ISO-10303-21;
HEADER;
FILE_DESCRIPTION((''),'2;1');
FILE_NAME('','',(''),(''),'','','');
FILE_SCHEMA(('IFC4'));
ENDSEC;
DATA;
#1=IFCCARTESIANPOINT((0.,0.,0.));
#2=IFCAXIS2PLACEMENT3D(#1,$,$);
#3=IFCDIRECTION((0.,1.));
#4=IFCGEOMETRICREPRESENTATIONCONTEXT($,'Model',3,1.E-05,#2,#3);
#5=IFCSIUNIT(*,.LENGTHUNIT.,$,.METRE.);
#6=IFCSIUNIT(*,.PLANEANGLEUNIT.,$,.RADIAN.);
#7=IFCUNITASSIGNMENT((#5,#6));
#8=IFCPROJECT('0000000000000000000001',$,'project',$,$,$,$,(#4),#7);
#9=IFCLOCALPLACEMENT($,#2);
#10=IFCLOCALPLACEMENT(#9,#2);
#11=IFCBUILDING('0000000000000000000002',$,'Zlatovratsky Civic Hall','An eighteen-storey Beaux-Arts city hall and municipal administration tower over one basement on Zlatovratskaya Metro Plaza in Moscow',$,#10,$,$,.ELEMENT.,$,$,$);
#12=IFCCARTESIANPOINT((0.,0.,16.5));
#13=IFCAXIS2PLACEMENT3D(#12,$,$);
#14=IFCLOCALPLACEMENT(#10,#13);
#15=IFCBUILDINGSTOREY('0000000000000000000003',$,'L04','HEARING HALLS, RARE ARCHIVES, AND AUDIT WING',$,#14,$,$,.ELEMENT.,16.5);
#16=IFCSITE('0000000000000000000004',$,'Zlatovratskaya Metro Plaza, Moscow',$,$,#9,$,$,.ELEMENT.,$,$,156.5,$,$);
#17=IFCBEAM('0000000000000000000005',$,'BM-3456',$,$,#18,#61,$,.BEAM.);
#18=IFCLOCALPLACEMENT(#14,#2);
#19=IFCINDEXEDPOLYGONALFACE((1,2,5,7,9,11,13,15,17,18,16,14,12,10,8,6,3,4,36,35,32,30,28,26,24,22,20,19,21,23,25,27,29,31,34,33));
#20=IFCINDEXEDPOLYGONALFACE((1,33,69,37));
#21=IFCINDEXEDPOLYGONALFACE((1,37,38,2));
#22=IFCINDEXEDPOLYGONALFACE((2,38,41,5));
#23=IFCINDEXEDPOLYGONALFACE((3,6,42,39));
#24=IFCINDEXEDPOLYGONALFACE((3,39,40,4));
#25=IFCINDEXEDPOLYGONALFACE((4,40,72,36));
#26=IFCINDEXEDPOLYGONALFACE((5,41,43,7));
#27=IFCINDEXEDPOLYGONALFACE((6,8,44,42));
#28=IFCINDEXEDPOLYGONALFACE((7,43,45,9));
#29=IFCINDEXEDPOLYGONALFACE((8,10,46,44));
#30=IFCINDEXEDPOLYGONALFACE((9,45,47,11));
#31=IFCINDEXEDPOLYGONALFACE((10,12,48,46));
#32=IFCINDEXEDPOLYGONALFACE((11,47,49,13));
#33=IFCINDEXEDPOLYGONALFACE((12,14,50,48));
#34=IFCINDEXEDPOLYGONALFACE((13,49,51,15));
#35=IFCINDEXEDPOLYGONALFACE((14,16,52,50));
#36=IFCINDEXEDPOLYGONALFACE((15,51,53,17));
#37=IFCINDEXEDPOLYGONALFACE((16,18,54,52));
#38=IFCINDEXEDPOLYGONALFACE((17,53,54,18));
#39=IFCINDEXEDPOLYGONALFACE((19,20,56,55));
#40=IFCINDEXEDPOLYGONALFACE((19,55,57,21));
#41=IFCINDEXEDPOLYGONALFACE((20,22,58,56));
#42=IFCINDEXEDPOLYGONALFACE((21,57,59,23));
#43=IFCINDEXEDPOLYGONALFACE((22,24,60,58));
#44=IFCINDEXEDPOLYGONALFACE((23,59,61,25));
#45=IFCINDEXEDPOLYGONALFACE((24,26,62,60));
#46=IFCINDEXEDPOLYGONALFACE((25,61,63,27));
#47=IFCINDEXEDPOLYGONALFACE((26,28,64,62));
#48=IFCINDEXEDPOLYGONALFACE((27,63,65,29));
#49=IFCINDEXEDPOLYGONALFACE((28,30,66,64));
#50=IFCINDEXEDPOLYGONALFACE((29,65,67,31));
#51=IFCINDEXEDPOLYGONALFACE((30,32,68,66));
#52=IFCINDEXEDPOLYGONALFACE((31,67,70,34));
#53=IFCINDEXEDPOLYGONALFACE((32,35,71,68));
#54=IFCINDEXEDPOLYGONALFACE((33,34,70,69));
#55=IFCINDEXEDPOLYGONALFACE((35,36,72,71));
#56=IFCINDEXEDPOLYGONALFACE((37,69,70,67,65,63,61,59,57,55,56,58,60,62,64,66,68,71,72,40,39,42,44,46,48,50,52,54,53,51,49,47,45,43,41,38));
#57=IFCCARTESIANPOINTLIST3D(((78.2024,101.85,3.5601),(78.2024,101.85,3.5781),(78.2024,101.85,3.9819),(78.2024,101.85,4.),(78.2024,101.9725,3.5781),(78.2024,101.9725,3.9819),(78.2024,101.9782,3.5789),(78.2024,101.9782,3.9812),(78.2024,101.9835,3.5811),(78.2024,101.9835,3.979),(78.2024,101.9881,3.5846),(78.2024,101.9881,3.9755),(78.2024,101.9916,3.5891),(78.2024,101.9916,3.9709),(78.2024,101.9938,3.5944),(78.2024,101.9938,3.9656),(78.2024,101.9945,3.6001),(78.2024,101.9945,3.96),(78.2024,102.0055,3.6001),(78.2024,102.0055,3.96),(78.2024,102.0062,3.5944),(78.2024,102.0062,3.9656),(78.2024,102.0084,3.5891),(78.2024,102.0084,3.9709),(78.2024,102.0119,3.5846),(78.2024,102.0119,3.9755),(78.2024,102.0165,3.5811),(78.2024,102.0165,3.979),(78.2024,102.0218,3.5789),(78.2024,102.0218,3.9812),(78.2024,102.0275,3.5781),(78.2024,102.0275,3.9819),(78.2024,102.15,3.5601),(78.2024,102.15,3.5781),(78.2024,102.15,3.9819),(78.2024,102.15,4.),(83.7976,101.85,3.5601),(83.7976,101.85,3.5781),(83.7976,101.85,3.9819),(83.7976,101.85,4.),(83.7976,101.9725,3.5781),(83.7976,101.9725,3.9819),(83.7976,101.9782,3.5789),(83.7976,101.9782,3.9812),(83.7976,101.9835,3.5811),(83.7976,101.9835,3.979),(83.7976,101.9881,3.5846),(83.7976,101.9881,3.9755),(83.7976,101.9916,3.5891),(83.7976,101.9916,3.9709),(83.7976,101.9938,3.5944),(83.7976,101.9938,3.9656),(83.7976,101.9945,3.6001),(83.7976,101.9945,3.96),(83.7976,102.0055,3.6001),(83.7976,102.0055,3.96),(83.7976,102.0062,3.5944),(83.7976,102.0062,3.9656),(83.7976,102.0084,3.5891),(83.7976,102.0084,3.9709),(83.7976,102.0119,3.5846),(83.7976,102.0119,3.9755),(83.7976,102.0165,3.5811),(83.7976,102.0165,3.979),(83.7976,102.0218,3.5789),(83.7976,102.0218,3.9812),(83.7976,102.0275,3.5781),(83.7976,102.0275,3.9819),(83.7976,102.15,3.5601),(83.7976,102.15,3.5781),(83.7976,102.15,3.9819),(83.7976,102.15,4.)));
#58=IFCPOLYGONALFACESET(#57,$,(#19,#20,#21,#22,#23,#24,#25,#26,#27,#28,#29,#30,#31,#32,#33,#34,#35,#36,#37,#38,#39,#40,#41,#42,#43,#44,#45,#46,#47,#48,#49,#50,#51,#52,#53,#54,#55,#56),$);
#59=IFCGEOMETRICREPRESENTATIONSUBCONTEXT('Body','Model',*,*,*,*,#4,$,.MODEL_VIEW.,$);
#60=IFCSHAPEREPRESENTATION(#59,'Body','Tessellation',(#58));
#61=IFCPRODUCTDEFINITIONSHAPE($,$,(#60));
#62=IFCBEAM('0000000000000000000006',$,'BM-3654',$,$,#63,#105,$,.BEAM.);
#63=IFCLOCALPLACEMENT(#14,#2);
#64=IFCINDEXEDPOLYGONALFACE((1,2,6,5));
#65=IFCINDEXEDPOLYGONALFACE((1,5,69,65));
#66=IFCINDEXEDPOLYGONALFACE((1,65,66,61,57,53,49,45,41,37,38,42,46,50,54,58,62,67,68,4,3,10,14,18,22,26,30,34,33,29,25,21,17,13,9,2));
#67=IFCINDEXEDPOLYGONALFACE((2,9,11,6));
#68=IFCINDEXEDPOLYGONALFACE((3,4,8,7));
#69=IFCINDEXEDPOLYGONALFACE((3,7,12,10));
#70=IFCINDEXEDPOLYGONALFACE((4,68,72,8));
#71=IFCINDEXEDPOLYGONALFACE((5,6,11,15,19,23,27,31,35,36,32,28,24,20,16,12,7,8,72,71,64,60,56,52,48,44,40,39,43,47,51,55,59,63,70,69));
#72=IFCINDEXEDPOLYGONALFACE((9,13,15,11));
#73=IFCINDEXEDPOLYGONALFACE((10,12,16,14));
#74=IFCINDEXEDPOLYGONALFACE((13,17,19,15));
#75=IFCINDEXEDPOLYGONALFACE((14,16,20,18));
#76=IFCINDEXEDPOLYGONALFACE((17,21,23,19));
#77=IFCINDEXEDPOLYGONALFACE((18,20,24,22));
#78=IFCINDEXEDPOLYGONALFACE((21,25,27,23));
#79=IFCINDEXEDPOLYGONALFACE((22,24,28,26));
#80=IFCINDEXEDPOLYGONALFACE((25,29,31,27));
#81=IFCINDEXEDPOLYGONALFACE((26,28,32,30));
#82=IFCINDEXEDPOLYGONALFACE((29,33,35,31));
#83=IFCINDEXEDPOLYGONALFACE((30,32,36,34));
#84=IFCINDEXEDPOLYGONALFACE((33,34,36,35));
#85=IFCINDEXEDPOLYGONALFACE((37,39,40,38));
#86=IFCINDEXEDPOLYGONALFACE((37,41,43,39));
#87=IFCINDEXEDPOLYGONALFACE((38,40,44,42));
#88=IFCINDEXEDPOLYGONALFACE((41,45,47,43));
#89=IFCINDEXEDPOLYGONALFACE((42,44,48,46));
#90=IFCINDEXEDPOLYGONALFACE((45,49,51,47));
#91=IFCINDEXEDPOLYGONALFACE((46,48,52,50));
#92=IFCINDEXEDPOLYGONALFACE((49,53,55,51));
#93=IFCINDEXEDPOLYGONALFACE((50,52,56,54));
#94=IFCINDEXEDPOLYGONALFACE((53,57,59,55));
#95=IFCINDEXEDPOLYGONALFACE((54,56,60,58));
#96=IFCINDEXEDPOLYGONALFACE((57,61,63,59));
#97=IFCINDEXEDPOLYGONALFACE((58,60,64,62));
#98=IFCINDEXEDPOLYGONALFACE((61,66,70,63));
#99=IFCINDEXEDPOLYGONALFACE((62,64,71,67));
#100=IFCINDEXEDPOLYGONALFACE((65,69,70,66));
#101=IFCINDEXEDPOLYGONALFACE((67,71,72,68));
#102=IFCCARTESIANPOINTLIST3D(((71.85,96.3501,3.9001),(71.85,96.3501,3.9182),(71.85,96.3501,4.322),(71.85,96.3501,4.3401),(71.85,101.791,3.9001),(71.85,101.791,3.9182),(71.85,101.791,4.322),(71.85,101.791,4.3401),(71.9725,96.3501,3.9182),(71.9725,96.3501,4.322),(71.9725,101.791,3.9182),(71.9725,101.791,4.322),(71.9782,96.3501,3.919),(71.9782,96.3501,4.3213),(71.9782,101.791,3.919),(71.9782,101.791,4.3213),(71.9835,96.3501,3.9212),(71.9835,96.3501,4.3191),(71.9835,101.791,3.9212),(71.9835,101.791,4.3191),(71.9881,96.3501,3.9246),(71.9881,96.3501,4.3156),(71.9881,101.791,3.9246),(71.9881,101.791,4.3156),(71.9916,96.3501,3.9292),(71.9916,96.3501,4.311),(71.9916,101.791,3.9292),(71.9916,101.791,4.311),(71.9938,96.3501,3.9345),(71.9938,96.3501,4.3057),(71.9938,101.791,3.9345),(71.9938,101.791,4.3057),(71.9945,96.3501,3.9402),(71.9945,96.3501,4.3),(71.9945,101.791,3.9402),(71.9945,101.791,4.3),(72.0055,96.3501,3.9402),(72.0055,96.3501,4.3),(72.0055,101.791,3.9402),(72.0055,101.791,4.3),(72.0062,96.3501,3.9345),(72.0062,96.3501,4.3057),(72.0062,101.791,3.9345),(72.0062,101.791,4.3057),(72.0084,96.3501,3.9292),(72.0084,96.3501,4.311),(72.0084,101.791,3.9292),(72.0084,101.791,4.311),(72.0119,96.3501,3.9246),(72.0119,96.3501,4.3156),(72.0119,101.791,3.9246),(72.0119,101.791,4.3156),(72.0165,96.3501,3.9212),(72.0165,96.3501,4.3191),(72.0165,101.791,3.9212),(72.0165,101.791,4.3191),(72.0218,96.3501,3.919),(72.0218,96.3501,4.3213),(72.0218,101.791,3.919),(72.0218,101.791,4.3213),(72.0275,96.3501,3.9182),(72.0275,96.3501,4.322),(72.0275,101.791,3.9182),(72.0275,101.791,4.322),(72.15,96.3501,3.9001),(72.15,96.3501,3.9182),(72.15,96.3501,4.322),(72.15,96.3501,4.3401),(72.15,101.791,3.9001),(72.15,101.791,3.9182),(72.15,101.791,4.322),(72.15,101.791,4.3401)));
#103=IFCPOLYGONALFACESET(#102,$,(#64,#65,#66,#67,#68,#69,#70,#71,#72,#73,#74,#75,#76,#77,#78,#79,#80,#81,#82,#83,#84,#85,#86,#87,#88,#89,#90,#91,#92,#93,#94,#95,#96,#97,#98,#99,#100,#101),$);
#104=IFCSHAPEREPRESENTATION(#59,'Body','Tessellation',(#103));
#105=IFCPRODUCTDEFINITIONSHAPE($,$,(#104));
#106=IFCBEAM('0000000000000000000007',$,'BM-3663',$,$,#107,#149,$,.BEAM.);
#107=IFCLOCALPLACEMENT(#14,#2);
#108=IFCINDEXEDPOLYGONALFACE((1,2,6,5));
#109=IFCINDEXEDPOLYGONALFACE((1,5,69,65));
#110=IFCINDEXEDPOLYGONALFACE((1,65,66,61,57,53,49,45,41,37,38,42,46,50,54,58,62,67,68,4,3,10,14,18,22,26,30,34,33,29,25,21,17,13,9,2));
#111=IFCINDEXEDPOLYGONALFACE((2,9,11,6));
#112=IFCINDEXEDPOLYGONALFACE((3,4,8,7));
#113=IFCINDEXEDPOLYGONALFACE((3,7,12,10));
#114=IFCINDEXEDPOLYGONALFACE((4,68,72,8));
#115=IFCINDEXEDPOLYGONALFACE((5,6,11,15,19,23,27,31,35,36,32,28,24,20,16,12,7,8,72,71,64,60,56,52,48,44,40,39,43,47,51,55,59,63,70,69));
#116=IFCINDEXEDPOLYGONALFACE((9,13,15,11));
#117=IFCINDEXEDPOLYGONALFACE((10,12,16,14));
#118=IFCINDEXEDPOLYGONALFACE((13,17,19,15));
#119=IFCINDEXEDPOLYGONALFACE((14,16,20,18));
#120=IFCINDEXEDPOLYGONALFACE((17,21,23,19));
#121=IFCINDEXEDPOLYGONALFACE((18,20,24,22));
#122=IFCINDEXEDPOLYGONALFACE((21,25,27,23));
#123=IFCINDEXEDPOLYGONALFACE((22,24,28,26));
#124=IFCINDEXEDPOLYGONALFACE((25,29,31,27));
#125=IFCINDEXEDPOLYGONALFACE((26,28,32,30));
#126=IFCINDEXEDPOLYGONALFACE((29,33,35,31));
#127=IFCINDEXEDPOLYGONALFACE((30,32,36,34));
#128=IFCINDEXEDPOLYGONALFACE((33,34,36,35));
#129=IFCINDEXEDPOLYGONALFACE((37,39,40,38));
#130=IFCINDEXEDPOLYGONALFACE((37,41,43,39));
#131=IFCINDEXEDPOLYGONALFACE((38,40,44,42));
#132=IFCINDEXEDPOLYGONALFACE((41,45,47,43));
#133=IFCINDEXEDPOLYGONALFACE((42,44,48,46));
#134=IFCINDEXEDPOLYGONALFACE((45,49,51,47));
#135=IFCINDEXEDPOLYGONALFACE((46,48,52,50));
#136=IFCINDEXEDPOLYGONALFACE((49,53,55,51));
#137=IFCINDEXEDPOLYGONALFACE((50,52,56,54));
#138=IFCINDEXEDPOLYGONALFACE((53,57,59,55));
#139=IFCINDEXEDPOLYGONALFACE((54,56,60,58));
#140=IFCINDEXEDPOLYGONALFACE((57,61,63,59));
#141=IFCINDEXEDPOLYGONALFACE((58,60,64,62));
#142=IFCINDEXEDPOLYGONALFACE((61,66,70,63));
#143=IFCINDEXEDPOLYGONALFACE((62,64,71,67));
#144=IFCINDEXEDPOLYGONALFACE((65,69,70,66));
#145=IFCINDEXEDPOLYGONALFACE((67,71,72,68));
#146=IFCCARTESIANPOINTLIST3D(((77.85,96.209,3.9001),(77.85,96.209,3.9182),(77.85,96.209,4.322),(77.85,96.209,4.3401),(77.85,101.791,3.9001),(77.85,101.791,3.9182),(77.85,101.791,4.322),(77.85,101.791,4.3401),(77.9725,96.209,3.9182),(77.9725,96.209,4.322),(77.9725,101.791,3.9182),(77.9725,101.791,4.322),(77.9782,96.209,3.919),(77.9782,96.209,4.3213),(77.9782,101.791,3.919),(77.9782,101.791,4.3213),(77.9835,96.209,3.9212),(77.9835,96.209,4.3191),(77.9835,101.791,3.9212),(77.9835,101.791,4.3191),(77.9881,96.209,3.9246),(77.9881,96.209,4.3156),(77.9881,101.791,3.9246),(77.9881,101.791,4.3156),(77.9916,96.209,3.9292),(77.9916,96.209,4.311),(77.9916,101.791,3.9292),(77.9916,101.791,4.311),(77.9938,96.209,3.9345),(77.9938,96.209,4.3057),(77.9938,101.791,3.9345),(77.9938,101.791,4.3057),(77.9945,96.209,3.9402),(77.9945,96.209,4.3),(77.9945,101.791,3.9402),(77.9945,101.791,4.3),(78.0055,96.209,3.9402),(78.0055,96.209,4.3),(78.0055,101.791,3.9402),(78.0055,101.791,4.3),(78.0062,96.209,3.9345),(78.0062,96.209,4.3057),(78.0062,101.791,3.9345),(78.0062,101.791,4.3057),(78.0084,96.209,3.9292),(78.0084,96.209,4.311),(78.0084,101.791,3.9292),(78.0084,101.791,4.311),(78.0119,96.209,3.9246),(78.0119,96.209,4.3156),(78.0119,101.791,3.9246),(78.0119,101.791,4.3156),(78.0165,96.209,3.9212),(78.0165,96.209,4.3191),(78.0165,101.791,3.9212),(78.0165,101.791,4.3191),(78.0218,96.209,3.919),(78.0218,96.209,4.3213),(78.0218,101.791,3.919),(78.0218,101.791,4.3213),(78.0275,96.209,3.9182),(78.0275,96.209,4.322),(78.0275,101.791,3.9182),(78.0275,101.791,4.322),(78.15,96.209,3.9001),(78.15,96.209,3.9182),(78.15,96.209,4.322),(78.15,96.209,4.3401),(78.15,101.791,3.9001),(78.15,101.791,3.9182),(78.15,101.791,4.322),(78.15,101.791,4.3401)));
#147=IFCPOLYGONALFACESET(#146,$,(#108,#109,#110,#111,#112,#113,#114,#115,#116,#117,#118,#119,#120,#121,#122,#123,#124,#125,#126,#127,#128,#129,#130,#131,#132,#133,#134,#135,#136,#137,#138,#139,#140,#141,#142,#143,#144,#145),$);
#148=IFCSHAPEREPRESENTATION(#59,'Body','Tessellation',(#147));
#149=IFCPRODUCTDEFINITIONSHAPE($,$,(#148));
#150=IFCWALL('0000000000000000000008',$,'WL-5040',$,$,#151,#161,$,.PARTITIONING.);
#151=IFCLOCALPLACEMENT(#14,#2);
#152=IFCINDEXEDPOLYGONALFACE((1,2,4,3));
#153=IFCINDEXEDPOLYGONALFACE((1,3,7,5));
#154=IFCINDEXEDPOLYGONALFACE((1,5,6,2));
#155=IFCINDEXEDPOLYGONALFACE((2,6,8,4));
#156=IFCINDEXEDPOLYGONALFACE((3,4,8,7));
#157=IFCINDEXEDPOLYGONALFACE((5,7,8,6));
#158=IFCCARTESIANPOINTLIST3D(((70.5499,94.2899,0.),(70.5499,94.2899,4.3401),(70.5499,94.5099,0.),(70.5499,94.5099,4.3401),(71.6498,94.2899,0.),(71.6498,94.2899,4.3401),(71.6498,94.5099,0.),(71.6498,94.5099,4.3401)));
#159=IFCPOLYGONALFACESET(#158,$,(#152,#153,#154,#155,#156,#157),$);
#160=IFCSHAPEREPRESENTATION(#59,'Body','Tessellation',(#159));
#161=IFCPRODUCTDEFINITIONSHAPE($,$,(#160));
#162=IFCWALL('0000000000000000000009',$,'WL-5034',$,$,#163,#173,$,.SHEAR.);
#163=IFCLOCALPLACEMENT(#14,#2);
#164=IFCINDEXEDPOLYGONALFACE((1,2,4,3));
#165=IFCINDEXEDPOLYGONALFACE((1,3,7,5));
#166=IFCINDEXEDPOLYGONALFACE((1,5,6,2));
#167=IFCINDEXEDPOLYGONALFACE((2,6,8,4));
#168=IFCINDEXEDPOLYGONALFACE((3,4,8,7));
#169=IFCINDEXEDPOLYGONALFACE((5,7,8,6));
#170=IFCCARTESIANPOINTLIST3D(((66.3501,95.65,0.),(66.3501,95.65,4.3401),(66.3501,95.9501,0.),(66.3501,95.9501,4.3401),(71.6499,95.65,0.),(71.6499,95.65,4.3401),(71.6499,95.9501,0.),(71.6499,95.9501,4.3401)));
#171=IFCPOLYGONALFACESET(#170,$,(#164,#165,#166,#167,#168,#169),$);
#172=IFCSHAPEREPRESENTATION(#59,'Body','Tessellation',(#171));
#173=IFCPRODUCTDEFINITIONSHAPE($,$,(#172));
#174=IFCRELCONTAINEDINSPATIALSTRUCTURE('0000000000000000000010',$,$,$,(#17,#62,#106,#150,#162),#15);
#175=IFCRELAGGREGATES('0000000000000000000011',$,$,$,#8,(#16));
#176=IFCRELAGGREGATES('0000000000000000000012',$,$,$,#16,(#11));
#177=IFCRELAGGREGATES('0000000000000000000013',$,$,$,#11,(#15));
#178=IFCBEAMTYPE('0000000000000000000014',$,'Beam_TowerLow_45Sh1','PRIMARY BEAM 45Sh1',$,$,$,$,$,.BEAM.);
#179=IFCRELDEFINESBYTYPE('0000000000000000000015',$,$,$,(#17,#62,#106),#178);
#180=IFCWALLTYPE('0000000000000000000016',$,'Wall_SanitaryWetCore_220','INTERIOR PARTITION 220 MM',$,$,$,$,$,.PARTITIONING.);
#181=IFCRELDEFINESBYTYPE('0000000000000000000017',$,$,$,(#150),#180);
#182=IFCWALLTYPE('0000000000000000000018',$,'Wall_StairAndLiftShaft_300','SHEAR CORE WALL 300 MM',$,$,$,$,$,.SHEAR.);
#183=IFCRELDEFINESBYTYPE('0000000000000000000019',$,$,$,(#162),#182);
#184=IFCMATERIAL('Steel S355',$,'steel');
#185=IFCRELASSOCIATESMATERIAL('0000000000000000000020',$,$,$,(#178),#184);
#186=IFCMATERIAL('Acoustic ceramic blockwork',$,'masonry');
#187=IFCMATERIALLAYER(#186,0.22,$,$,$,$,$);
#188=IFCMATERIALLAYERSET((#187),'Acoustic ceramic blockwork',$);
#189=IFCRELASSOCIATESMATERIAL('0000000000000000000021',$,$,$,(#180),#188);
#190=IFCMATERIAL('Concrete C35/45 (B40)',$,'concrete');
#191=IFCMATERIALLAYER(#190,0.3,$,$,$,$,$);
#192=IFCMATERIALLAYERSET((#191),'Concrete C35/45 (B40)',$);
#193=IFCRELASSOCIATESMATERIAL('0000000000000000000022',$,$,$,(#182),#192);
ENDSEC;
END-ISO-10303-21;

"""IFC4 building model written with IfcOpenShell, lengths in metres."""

from ifc_helpers import new_model, si_unit, direction, frame, frame_2d, origin, origin_2d, place, context, subcontext, project, spatial, rectangle, i_section, extrude, material, layer, layer_set, material_profile, profile_set, type_object, element, save


model = new_model("IFC4")

# Units and contexts
model_context = context("Model", 3, precision=1e-05, world=origin(), true_north=direction((0.0, 1.0)))
body_context = subcontext(model_context, "Body", "Model", "MODEL_VIEW")
ifc_project = project(units=[si_unit("LENGTHUNIT", "METRE"), si_unit("PLANEANGLEUNIT", "RADIAN")], contexts=[model_context])

# Site, building, storey
site_placement = place(None, origin())
site = spatial("IfcSite", under=ifc_project, at=site_placement, Name="Zlatovratskaya Metro Plaza, Moscow", CompositionType="ELEMENT", RefElevation=156.5)
building_placement = place(site_placement, origin())
building = spatial("IfcBuilding", under=site, at=building_placement, Name="Zlatovratsky Civic Hall", Description="An eighteen-storey Beaux-Arts city hall and municipal administration tower over one basement on Zlatovratskaya Metro Plaza in Moscow", CompositionType="ELEMENT")
storey_placement = place(building_placement, frame((0.0, 0.0, 16.5)))
storey = spatial("IfcBuildingStorey", under=building, at=storey_placement, Name="L04", Description="HEARING HALLS, RARE ARCHIVES, AND AUDIT WING", CompositionType="ELEMENT", Elevation=16.5)

# Shared definitions
ifc_material_1 = material(Name="Concrete C35/45 (B40)", Category="concrete")
ifc_material_2 = material(Name="Steel S355", Category="steel")

# Beams
ifc_material_profile_1 = material_profile(ifc_material_2, i_section(OverallWidth=0.3, OverallDepth=0.4399, WebThickness=0.011, FlangeThickness=0.0181, FilletRadius=0.022, at=origin_2d()), Name="45Sh1")
ifc_profile_set_1 = profile_set([ifc_material_profile_1], Name="Steel S355")
beam_type = type_object("IfcBeamType", Name="Beam_TowerLow_45Sh1", Description="PRIMARY BEAM 45Sh1", PredefinedType="BEAM", material=ifc_profile_set_1)
for number, where, z_axis, x_axis, name in (
    (1, (78.2024, 102.0, 3.78), (1.0, 0.0, 0.0), (0.0, 1.0, 0.0), "BM-3456"),
):
    element("IfcBeam", number, at=place(storey_placement, frame(where, z_axis=z_axis, x_axis=x_axis)), inside=storey, type_object=beam_type, Name=name, PredefinedType="BEAM", context=body_context, shape_type="SweptSolid", body=[
        extrude(i_section(OverallWidth=0.3, OverallDepth=0.4399, WebThickness=0.011, FlangeThickness=0.0181, FilletRadius=0.022, at=origin_2d()), origin(), (0.0, 0.0, 1.0), 5.5952),
    ])
beam_1_placement = place(storey_placement, frame((72.0, 96.3501, 4.1201), z_axis=(0.0, 1.0, 0.0), x_axis=(-1.0, 0.0, 0.0)))
element("IfcBeam", 2, at=beam_1_placement, inside=storey, type_object=beam_type, Name="BM-3654", PredefinedType="BEAM", context=body_context, shape_type="SweptSolid", body=[
    extrude(i_section(OverallWidth=0.3, OverallDepth=0.4399, WebThickness=0.011, FlangeThickness=0.0181, FilletRadius=0.022, at=origin_2d()), origin(), (0.0, 0.0, 1.0), 5.4409),
])
beam_2_placement = place(storey_placement, frame((78.0, 96.209, 4.1201), z_axis=(0.0, 1.0, 0.0), x_axis=(-1.0, 0.0, 0.0)))
element("IfcBeam", 3, at=beam_2_placement, inside=storey, type_object=beam_type, Name="BM-3663", PredefinedType="BEAM", context=body_context, shape_type="SweptSolid", body=[
    extrude(i_section(OverallWidth=0.3, OverallDepth=0.4399, WebThickness=0.011, FlangeThickness=0.0181, FilletRadius=0.022, at=origin_2d()), origin(), (0.0, 0.0, 1.0), 5.582),
])

# Walls
ifc_material_3 = material(Name="Acoustic ceramic blockwork", Category="masonry")
ifc_layer_1 = layer(ifc_material_3, 0.22)
ifc_layer_set_1 = layer_set([ifc_layer_1], Name="Acoustic ceramic blockwork")
wall_type_1 = type_object("IfcWallType", Name="Wall_SanitaryWetCore_220", Description="INTERIOR PARTITION 220 MM", PredefinedType="PARTITIONING", material=ifc_layer_set_1)
wall_1_placement = place(storey_placement, frame((70.55, 94.3999, 0.0), z_axis=(0.0, 0.0, 1.0), x_axis=(1.0, 0.0, 0.0)))
element("IfcWall", 4, at=wall_1_placement, inside=storey, type_object=wall_type_1, Name="WL-5040", PredefinedType="PARTITIONING", context=body_context, shape_type="SweptSolid", body=[
    extrude(rectangle(XDim=1.0999, YDim=0.22, at=frame_2d((0.5498, 0.0))), origin(), (0.0, 0.0, 1.0), 4.3401),
])
ifc_layer_2 = layer(ifc_material_1, 0.3)
ifc_layer_set_2 = layer_set([ifc_layer_2], Name="Concrete C35/45 (B40)")
wall_type_2 = type_object("IfcWallType", Name="Wall_StairAndLiftShaft_300", Description="SHEAR CORE WALL 300 MM", PredefinedType="SHEAR", material=ifc_layer_set_2)
wall_2_placement = place(storey_placement, frame((66.3501, 95.8, 0.0), z_axis=(0.0, 0.0, 1.0), x_axis=(1.0, 0.0, 0.0)))
element("IfcWall", 5, at=wall_2_placement, inside=storey, type_object=wall_type_2, Name="WL-5034", PredefinedType="SHEAR", context=body_context, shape_type="SweptSolid", body=[
    extrude(rectangle(XDim=5.2998, YDim=0.3, at=frame_2d((2.6499, 0.0))), origin(), (0.0, 0.0, 1.0), 4.3401),
])

save(model, "model.ifc")
